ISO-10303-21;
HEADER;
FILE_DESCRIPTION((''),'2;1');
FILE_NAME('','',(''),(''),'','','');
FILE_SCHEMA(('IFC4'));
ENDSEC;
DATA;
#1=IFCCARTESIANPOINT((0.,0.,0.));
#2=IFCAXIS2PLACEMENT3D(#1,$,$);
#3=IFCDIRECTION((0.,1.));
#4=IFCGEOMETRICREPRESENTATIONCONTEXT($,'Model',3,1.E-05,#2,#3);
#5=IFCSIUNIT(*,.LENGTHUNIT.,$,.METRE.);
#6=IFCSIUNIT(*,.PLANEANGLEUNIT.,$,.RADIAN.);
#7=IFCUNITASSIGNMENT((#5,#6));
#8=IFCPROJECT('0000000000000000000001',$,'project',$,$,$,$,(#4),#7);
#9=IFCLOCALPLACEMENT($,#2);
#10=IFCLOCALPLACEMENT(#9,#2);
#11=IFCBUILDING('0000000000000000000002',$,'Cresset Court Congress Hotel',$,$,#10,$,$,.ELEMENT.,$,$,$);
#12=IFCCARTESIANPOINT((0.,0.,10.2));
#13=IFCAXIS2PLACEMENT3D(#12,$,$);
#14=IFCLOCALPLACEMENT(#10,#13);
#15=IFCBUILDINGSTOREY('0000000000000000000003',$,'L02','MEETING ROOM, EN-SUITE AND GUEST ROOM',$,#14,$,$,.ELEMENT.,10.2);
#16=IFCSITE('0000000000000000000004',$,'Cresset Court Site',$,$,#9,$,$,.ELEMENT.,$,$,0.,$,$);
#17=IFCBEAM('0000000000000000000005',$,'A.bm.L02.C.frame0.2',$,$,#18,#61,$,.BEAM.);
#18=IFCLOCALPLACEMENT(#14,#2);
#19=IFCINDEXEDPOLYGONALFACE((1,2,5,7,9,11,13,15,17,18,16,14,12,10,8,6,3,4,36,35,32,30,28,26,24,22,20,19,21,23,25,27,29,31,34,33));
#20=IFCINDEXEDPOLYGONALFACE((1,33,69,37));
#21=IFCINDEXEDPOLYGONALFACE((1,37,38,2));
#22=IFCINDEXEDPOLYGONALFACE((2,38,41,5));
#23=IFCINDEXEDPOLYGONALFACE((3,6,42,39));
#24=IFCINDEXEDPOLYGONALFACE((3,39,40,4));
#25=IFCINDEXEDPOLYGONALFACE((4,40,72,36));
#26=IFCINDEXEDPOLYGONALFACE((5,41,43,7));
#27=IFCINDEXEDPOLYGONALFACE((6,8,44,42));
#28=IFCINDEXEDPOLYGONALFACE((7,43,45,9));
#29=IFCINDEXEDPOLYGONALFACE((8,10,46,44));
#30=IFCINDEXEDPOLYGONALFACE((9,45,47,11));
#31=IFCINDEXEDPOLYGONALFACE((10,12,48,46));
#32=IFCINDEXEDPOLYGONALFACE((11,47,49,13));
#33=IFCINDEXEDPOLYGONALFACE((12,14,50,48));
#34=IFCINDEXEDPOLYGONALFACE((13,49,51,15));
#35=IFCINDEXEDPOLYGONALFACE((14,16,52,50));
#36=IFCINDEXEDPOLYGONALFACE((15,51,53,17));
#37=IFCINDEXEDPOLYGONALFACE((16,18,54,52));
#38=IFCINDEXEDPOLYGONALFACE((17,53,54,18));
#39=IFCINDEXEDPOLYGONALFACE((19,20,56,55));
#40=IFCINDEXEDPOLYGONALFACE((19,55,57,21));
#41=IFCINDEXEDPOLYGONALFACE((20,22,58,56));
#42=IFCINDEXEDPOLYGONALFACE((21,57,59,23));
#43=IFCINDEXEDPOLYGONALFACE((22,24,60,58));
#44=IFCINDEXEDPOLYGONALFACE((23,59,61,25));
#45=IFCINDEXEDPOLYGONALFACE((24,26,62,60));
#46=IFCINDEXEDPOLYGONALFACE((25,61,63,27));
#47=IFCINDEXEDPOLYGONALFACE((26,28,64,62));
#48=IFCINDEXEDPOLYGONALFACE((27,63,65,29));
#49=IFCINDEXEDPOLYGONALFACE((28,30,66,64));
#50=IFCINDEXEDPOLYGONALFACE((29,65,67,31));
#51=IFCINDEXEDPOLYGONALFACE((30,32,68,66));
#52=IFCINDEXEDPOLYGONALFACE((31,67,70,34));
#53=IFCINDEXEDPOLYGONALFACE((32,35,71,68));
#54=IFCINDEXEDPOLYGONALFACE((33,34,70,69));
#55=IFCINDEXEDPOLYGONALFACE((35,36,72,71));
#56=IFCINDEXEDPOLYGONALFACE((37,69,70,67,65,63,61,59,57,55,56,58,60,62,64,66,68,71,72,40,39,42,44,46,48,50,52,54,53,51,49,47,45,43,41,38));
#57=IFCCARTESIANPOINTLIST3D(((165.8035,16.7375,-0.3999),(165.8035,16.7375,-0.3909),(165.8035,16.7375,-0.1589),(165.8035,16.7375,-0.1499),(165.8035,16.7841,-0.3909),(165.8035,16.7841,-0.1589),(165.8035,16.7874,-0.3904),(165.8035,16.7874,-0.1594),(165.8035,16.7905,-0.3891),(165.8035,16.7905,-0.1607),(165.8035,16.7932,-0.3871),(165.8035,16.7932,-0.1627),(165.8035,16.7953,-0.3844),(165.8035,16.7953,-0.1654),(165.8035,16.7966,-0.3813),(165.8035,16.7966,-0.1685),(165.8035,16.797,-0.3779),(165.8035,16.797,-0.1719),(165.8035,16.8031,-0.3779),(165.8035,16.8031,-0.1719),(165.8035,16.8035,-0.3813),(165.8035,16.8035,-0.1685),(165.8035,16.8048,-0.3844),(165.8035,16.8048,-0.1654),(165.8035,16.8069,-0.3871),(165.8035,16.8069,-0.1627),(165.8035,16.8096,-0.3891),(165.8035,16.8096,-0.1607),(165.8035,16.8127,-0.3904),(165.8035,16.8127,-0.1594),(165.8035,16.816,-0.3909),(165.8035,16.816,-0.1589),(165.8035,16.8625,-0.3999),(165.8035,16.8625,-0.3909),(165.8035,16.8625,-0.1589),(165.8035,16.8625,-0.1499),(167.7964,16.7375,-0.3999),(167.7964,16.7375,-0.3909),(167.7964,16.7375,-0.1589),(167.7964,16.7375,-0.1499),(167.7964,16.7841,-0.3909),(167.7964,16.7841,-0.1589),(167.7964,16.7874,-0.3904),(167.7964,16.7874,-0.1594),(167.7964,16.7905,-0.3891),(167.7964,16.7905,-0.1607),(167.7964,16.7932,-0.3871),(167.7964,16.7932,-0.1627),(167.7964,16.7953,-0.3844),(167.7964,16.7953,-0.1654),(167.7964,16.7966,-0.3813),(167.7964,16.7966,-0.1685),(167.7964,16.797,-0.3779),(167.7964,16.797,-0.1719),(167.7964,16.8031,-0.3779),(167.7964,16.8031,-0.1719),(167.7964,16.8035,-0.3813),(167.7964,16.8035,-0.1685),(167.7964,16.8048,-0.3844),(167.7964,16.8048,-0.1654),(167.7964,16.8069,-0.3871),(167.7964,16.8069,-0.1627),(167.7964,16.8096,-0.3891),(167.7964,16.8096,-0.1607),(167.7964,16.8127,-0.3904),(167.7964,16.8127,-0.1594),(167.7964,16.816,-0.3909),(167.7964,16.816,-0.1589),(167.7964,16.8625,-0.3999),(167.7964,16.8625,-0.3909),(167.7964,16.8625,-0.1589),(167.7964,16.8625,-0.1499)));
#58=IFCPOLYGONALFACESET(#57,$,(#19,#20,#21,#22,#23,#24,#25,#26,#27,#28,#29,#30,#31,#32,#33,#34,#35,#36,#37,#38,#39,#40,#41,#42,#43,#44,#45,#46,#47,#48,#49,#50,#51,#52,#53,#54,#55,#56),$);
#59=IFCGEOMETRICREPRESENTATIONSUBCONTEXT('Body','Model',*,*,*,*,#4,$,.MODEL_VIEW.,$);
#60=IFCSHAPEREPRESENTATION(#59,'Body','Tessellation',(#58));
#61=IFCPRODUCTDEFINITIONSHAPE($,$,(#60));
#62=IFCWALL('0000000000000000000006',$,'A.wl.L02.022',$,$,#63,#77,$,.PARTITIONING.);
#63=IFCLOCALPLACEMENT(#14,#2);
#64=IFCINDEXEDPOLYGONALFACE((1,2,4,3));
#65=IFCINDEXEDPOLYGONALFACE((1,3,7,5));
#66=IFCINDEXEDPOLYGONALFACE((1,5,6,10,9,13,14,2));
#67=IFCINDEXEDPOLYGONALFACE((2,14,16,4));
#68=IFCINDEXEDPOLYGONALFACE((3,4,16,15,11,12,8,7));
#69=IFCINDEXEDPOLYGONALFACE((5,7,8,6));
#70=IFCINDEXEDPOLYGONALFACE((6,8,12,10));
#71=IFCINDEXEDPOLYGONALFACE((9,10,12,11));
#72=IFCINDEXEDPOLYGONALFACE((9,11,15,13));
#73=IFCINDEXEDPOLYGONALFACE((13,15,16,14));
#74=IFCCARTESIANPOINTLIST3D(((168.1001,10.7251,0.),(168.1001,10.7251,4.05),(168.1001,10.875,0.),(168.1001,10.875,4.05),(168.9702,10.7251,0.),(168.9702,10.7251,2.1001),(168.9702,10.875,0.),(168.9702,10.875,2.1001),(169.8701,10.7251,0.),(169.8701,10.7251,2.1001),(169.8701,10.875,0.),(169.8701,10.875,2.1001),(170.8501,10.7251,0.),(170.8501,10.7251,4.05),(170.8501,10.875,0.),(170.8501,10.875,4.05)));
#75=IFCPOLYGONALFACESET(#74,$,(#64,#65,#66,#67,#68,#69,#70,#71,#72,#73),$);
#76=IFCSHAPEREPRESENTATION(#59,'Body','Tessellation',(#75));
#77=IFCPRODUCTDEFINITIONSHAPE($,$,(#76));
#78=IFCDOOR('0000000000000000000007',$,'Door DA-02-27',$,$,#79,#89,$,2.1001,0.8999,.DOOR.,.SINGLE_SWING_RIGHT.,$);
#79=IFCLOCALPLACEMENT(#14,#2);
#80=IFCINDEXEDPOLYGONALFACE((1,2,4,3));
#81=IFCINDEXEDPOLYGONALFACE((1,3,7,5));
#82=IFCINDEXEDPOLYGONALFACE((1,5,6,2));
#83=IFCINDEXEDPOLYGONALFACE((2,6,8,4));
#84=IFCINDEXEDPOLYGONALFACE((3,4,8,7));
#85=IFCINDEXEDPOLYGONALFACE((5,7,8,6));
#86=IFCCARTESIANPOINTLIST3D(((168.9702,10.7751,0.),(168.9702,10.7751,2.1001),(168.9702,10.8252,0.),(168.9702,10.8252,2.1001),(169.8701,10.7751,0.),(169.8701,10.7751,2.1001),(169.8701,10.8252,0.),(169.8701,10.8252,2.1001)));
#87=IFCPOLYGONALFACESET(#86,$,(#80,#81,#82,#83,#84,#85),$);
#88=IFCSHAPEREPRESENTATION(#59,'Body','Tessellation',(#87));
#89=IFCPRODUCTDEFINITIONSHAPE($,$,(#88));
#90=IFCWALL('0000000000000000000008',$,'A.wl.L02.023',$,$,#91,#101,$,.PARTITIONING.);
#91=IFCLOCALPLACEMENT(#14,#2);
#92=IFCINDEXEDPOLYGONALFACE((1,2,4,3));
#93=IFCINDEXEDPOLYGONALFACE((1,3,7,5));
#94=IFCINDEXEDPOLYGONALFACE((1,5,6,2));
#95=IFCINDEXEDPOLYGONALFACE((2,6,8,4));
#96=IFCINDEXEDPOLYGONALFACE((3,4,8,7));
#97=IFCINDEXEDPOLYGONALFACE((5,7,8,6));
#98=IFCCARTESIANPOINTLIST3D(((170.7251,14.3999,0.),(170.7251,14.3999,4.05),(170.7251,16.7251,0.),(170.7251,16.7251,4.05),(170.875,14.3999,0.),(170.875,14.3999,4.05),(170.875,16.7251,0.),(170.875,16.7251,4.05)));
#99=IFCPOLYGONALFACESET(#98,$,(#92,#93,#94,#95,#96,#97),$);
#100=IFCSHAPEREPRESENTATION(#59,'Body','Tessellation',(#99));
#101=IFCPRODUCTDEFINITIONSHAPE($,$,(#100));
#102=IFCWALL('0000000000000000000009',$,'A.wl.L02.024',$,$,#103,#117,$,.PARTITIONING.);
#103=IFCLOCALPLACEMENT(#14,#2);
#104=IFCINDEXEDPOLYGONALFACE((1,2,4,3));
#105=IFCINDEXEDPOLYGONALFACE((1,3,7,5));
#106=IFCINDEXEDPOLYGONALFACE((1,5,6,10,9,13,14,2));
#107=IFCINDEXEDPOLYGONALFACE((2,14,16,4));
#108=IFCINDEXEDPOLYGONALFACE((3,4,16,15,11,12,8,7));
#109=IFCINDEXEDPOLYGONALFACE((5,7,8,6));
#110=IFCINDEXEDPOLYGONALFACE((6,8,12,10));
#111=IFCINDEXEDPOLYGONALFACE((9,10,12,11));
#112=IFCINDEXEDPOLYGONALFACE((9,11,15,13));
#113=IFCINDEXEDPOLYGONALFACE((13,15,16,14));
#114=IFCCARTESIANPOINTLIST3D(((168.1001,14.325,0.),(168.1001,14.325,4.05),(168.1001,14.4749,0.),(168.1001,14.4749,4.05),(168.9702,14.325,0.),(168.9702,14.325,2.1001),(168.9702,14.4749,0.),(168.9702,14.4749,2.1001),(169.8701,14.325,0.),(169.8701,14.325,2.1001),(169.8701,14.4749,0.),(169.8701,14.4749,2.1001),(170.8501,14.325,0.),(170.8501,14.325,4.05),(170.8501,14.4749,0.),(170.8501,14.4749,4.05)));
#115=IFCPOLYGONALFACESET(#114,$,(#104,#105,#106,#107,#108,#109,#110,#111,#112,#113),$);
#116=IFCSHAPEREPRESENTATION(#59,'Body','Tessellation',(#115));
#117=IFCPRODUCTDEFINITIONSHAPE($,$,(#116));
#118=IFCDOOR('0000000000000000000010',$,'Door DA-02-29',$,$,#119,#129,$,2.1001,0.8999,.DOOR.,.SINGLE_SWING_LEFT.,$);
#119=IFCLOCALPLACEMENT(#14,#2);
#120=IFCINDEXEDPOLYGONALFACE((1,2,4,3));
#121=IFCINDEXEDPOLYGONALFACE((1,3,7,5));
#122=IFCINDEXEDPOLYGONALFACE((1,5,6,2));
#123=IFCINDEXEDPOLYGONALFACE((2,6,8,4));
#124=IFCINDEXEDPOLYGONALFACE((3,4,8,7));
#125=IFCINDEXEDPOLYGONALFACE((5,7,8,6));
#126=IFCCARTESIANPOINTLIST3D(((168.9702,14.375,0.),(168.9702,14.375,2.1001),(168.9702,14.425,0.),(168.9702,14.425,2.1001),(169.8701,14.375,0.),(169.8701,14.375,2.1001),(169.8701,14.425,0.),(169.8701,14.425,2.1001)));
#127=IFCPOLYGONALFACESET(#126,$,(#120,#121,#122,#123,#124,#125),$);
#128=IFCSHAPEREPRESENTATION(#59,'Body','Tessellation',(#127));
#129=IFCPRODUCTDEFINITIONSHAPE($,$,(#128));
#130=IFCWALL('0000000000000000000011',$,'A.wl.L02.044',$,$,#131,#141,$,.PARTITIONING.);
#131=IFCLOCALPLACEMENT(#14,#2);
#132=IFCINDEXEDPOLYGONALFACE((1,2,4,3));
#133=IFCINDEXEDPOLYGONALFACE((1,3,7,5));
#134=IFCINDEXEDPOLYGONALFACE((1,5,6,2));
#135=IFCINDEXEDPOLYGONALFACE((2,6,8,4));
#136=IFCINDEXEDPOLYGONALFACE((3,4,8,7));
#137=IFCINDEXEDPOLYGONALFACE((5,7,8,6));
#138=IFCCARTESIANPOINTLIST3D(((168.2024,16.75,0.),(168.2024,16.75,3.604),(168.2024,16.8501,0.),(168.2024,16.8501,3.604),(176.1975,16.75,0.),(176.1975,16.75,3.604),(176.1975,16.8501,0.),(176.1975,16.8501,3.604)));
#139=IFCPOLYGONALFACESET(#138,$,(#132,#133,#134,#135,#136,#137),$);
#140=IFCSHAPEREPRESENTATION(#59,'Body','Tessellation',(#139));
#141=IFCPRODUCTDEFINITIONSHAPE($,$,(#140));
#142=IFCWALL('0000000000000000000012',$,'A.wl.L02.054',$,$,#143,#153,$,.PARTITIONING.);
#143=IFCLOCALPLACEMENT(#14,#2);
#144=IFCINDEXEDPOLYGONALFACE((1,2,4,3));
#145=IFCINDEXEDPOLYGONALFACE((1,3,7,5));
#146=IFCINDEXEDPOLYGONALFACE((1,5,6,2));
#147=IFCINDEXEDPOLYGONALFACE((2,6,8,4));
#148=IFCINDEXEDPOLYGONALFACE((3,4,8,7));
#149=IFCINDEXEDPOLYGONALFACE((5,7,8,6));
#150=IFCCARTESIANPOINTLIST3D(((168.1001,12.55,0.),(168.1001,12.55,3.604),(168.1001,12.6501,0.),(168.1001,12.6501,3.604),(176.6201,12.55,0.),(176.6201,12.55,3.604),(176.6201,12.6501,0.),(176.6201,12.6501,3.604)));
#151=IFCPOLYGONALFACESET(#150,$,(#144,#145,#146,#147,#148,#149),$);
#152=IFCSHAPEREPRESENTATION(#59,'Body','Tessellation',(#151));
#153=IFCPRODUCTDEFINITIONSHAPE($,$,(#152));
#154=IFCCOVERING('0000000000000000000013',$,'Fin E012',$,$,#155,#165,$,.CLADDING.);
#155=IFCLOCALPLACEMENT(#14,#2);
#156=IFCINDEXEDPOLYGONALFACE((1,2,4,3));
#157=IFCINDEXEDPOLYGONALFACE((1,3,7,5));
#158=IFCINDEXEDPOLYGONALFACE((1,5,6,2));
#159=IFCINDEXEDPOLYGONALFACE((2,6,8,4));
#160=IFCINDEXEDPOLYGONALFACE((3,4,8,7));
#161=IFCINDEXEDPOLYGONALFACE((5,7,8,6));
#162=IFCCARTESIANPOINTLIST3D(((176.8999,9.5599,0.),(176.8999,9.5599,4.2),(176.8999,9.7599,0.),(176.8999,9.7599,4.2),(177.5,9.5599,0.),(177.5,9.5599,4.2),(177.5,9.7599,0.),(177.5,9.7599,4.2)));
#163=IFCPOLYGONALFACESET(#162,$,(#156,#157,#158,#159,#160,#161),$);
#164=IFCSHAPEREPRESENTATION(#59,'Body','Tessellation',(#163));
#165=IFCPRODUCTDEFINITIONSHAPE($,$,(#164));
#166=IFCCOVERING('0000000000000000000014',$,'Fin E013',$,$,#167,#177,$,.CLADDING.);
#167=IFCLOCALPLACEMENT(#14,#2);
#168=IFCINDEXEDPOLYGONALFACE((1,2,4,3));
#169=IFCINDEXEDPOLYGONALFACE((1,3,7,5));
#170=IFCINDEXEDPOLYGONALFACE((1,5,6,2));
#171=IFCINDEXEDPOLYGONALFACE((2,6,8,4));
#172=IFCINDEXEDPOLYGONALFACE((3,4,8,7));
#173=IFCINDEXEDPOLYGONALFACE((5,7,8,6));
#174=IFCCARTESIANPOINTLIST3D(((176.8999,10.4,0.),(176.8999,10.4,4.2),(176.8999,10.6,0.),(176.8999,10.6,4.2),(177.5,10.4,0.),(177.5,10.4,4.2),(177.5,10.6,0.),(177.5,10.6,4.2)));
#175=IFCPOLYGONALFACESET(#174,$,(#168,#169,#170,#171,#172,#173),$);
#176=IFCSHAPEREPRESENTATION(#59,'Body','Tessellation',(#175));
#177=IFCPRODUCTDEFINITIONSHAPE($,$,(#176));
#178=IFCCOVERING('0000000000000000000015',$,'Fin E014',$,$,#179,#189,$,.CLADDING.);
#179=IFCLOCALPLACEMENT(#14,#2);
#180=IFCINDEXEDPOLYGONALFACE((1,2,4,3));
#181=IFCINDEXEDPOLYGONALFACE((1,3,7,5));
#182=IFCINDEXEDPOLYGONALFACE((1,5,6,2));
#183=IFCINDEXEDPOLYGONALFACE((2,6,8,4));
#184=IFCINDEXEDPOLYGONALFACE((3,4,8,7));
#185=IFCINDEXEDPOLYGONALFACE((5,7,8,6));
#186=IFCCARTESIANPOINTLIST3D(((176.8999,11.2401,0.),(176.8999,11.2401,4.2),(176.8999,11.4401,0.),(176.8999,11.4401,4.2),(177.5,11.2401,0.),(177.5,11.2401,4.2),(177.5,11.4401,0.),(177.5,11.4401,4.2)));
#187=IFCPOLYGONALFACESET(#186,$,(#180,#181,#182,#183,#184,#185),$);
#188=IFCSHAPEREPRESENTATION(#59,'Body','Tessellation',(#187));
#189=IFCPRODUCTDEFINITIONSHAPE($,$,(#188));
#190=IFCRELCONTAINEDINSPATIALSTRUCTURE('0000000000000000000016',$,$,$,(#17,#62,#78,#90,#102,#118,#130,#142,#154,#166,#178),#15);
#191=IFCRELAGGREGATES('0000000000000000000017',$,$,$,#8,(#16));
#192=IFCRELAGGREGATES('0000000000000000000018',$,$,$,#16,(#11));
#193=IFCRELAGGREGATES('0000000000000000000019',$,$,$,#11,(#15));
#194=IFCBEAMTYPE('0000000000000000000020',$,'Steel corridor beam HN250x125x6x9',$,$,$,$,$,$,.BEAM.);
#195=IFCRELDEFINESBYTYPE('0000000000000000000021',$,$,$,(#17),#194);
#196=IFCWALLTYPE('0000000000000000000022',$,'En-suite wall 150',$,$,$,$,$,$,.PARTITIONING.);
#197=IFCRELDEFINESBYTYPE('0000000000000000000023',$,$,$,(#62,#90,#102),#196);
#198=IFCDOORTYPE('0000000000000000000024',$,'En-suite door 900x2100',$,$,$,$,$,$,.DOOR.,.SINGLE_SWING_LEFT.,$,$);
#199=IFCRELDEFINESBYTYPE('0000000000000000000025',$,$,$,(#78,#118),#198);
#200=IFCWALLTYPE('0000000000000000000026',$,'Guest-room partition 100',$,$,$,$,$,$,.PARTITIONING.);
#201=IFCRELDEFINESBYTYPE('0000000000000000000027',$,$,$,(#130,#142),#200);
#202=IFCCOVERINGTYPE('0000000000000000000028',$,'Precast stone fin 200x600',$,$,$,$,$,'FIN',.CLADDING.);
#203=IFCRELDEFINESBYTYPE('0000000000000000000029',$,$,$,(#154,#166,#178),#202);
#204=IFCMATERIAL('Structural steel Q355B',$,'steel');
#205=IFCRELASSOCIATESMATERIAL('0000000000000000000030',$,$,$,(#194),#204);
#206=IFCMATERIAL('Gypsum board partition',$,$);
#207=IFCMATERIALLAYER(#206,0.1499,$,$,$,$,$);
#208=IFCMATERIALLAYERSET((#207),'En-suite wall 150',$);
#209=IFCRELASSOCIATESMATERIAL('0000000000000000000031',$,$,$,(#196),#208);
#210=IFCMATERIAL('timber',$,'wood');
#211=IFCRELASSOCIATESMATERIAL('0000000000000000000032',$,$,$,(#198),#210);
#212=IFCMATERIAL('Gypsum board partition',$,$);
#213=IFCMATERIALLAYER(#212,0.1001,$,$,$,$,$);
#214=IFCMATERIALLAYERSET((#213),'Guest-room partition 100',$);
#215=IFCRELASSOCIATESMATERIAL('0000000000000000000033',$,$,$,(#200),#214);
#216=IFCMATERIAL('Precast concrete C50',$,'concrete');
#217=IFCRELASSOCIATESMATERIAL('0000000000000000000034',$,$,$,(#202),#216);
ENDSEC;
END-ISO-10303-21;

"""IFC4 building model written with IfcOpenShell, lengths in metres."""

from ifc_helpers import new_model, si_unit, direction, frame, frame_2d, origin, origin_2d, place, context, subcontext, project, spatial, rectangle, i_section, extrude, material, layer, layer_set, material_profile, profile_set, type_object, element, fill, save


model = new_model("IFC4")

# Units and contexts
model_context = context("Model", 3, precision=1e-05, world=origin(), true_north=direction((0.0, 1.0)))
body_context = subcontext(model_context, "Body", "Model", "MODEL_VIEW")
ifc_project = project(units=[si_unit("LENGTHUNIT", "METRE"), si_unit("PLANEANGLEUNIT", "RADIAN")], contexts=[model_context])

# Site, building, storey
site_placement = place(None, origin())
site = spatial("IfcSite", under=ifc_project, at=site_placement, Name="Cresset Court Site", CompositionType="ELEMENT", RefElevation=0.0)
building_placement = place(site_placement, origin())
building = spatial("IfcBuilding", under=site, at=building_placement, Name="Cresset Court Congress Hotel", CompositionType="ELEMENT")
storey_placement = place(building_placement, frame((0.0, 0.0, 10.2)))
storey = spatial("IfcBuildingStorey", under=building, at=storey_placement, Name="L02", Description="MEETING ROOM, EN-SUITE AND GUEST ROOM", CompositionType="ELEMENT", Elevation=10.2)

# Beam
ifc_material_1 = material(Name="Structural steel Q355B", Category="steel")
ifc_material_profile_1 = material_profile(ifc_material_1, i_section(OverallWidth=0.125, OverallDepth=0.25, WebThickness=0.0061, FlangeThickness=0.009, FilletRadius=0.0129, at=origin_2d()), Name="HN250x125x6x9")
ifc_profile_set_1 = profile_set([ifc_material_profile_1], Name="Structural steel Q355B")
beam_type_1 = type_object("IfcBeamType", Name="Steel corridor beam HN250x125x6x9", PredefinedType="BEAM", material=ifc_profile_set_1)
beam_1_placement = place(storey_placement, frame((165.8035, 16.8, -0.2749), z_axis=(1.0, 0.0, 0.0), x_axis=(0.0, 1.0, 0.0)))
element("IfcBeam", 1, at=beam_1_placement, inside=storey, type_object=beam_type_1, Name="A.bm.L02.C.frame0.2", PredefinedType="BEAM", context=body_context, shape_type="SweptSolid", body=[
    extrude(i_section(OverallWidth=0.125, OverallDepth=0.25, WebThickness=0.0061, FlangeThickness=0.009, FilletRadius=0.0129, at=origin_2d()), origin(), (0.0, 0.0, 1.0), 1.9929),
])

# Wall, opening, door
ifc_material_2 = material(Name="Gypsum board partition")
ifc_layer_1 = layer(ifc_material_2, 0.1499)
ifc_layer_set_1 = layer_set([ifc_layer_1], Name="En-suite wall 150")
wall_type_1 = type_object("IfcWallType", Name="En-suite wall 150", PredefinedType="PARTITIONING", material=ifc_layer_set_1)
wall_1_placement = place(storey_placement, frame((170.8501, 10.8, 0.0), z_axis=(0.0, 0.0, 1.0), x_axis=(-1.0, 0.0, 0.0)))
wall_1 = element("IfcWall", 2, at=wall_1_placement, inside=storey, type_object=wall_type_1, Name="A.wl.L02.022", PredefinedType="PARTITIONING", context=body_context, shape_type="SweptSolid", body=[
    extrude(rectangle(XDim=2.75, YDim=0.1499, at=frame_2d((1.375, 0.0))), origin(), (0.0, 0.0, 1.0), 4.05),
])
opening_1_placement = place(wall_1_placement, frame((0.98, 0.0, 0.0)))
opening_1 = element("IfcOpeningElement", 3, at=opening_1_placement, cuts=wall_1, PredefinedType="OPENING", context=body_context, shape_type="SweptSolid", body=[
    extrude(rectangle(XDim=0.8999, YDim=2.1001, at=frame_2d((0.45, 1.05))), frame((0.0, 0.085, 0.0), z_axis=(0.0, -1.0, 0.0), x_axis=(1.0, 0.0, 0.0)), (0.0, 0.0, 1.0), 0.1699),
])
ifc_material_3 = material(Name="timber", Category="wood")
door_type = type_object("IfcDoorType", Name="En-suite door 900x2100", OperationType="SINGLE_SWING_LEFT", PredefinedType="DOOR", material=ifc_material_3)
door_1_placement = place(opening_1_placement, origin())
door_1 = element("IfcDoor", 4, at=door_1_placement, inside=storey, type_object=door_type, Name="Door DA-02-27", OperationType="SINGLE_SWING_RIGHT", OverallHeight=2.1001, OverallWidth=0.8999, PredefinedType="DOOR", context=body_context, shape_type="SweptSolid", body=[
    extrude(rectangle(XDim=0.8999, YDim=2.1001, at=frame_2d((0.45, 1.05))), frame((0.0, 0.0249, 0.0), z_axis=(0.0, -1.0, 0.0), x_axis=(1.0, 0.0, 0.0)), (0.0, 0.0, 1.0), 0.05),
])
fill(opening_1, door_1)

# Wall
wall_2_placement = place(storey_placement, frame((170.8, 14.3999, 0.0), z_axis=(0.0, 0.0, 1.0), x_axis=(0.0, 1.0, 0.0)))
element("IfcWall", 5, at=wall_2_placement, inside=storey, type_object=wall_type_1, Name="A.wl.L02.023", PredefinedType="PARTITIONING", context=body_context, shape_type="SweptSolid", body=[
    extrude(rectangle(XDim=2.3252, YDim=0.1499, at=frame_2d((1.1626, 0.0))), origin(), (0.0, 0.0, 1.0), 4.05),
])

# Wall, opening, door
wall_3_placement = place(storey_placement, frame((170.8501, 14.3999, 0.0), z_axis=(0.0, 0.0, 1.0), x_axis=(-1.0, 0.0, 0.0)))
wall_3 = element("IfcWall", 6, at=wall_3_placement, inside=storey, type_object=wall_type_1, Name="A.wl.L02.024", PredefinedType="PARTITIONING", context=body_context, shape_type="SweptSolid", body=[
    extrude(rectangle(XDim=2.75, YDim=0.1499, at=frame_2d((1.375, 0.0))), origin(), (0.0, 0.0, 1.0), 4.05),
])
opening_2_placement = place(wall_3_placement, frame((0.98, 0.0, 0.0)))
opening_2 = element("IfcOpeningElement", 7, at=opening_2_placement, cuts=wall_3, PredefinedType="OPENING", context=body_context, shape_type="SweptSolid", body=[
    extrude(rectangle(XDim=0.8999, YDim=2.1001, at=frame_2d((0.45, 1.05))), frame((0.0, 0.085, 0.0), z_axis=(0.0, -1.0, 0.0), x_axis=(1.0, 0.0, 0.0)), (0.0, 0.0, 1.0), 0.1699),
])
door_2_placement = place(opening_2_placement, origin())
door_2 = element("IfcDoor", 8, at=door_2_placement, inside=storey, type_object=door_type, Name="Door DA-02-29", OperationType="SINGLE_SWING_LEFT", OverallHeight=2.1001, OverallWidth=0.8999, PredefinedType="DOOR", context=body_context, shape_type="SweptSolid", body=[
    extrude(rectangle(XDim=0.8999, YDim=2.1001, at=frame_2d((0.45, 1.05))), frame((0.0, 0.0249, 0.0), z_axis=(0.0, -1.0, 0.0), x_axis=(1.0, 0.0, 0.0)), (0.0, 0.0, 1.0), 0.05),
])
fill(opening_2, door_2)

# Walls
ifc_material_4 = material(Name="Gypsum board partition")
ifc_layer_2 = layer(ifc_material_4, 0.1001)
ifc_layer_set_2 = layer_set([ifc_layer_2], Name="Guest-room partition 100")
wall_type_2 = type_object("IfcWallType", Name="Guest-room partition 100", PredefinedType="PARTITIONING", material=ifc_layer_set_2)
wall_4_placement = place(storey_placement, frame((168.2024, 16.8, 0.0), z_axis=(0.0, 0.0, 1.0), x_axis=(1.0, 0.0, 0.0)))
element("IfcWall", 9, at=wall_4_placement, inside=storey, type_object=wall_type_2, Name="A.wl.L02.044", PredefinedType="PARTITIONING", context=body_context, shape_type="SweptSolid", body=[
    extrude(rectangle(XDim=7.9951, YDim=0.1001, at=frame_2d((3.9976, 0.0))), origin(), (0.0, 0.0, 1.0), 3.604),
])
wall_5_placement = place(storey_placement, frame((168.1001, 12.6001, 0.0), z_axis=(0.0, 0.0, 1.0), x_axis=(1.0, 0.0, 0.0)))
element("IfcWall", 10, at=wall_5_placement, inside=storey, type_object=wall_type_2, Name="A.wl.L02.054", PredefinedType="PARTITIONING", context=body_context, shape_type="SweptSolid", body=[
    extrude(rectangle(XDim=8.52, YDim=0.1001, at=frame_2d((4.26, 0.0))), origin(), (0.0, 0.0, 1.0), 3.604),
])

# Coverings
ifc_material_5 = material(Name="Precast concrete C50", Category="concrete")
covering_type = type_object("IfcCoveringType", Name="Precast stone fin 200x600", ElementType="FIN", PredefinedType="CLADDING", material=ifc_material_5)
for number, where, z_axis, x_axis, name in (
    (11, (177.2, 9.6599, 0.0), (0.0, 0.0, 1.0), (1.0, 0.0, 0.0), "Fin E012"),
    (12, (177.2, 10.5, 0.0), (0.0, 0.0, 1.0), (1.0, 0.0, 0.0), "Fin E013"),
    (13, (177.2, 11.3401, 0.0), (0.0, 0.0, 1.0), (1.0, 0.0, 0.0), "Fin E014"),
):
    element("IfcCovering", number, at=place(storey_placement, frame(where, z_axis=z_axis, x_axis=x_axis)), inside=storey, type_object=covering_type, Name=name, PredefinedType="CLADDING", context=body_context, shape_type="SweptSolid", body=[
        extrude(rectangle(XDim=0.6001, YDim=0.2, at=origin_2d()), origin(), (0.0, 0.0, 1.0), 4.2),
    ])

save(model, "model.ifc")
